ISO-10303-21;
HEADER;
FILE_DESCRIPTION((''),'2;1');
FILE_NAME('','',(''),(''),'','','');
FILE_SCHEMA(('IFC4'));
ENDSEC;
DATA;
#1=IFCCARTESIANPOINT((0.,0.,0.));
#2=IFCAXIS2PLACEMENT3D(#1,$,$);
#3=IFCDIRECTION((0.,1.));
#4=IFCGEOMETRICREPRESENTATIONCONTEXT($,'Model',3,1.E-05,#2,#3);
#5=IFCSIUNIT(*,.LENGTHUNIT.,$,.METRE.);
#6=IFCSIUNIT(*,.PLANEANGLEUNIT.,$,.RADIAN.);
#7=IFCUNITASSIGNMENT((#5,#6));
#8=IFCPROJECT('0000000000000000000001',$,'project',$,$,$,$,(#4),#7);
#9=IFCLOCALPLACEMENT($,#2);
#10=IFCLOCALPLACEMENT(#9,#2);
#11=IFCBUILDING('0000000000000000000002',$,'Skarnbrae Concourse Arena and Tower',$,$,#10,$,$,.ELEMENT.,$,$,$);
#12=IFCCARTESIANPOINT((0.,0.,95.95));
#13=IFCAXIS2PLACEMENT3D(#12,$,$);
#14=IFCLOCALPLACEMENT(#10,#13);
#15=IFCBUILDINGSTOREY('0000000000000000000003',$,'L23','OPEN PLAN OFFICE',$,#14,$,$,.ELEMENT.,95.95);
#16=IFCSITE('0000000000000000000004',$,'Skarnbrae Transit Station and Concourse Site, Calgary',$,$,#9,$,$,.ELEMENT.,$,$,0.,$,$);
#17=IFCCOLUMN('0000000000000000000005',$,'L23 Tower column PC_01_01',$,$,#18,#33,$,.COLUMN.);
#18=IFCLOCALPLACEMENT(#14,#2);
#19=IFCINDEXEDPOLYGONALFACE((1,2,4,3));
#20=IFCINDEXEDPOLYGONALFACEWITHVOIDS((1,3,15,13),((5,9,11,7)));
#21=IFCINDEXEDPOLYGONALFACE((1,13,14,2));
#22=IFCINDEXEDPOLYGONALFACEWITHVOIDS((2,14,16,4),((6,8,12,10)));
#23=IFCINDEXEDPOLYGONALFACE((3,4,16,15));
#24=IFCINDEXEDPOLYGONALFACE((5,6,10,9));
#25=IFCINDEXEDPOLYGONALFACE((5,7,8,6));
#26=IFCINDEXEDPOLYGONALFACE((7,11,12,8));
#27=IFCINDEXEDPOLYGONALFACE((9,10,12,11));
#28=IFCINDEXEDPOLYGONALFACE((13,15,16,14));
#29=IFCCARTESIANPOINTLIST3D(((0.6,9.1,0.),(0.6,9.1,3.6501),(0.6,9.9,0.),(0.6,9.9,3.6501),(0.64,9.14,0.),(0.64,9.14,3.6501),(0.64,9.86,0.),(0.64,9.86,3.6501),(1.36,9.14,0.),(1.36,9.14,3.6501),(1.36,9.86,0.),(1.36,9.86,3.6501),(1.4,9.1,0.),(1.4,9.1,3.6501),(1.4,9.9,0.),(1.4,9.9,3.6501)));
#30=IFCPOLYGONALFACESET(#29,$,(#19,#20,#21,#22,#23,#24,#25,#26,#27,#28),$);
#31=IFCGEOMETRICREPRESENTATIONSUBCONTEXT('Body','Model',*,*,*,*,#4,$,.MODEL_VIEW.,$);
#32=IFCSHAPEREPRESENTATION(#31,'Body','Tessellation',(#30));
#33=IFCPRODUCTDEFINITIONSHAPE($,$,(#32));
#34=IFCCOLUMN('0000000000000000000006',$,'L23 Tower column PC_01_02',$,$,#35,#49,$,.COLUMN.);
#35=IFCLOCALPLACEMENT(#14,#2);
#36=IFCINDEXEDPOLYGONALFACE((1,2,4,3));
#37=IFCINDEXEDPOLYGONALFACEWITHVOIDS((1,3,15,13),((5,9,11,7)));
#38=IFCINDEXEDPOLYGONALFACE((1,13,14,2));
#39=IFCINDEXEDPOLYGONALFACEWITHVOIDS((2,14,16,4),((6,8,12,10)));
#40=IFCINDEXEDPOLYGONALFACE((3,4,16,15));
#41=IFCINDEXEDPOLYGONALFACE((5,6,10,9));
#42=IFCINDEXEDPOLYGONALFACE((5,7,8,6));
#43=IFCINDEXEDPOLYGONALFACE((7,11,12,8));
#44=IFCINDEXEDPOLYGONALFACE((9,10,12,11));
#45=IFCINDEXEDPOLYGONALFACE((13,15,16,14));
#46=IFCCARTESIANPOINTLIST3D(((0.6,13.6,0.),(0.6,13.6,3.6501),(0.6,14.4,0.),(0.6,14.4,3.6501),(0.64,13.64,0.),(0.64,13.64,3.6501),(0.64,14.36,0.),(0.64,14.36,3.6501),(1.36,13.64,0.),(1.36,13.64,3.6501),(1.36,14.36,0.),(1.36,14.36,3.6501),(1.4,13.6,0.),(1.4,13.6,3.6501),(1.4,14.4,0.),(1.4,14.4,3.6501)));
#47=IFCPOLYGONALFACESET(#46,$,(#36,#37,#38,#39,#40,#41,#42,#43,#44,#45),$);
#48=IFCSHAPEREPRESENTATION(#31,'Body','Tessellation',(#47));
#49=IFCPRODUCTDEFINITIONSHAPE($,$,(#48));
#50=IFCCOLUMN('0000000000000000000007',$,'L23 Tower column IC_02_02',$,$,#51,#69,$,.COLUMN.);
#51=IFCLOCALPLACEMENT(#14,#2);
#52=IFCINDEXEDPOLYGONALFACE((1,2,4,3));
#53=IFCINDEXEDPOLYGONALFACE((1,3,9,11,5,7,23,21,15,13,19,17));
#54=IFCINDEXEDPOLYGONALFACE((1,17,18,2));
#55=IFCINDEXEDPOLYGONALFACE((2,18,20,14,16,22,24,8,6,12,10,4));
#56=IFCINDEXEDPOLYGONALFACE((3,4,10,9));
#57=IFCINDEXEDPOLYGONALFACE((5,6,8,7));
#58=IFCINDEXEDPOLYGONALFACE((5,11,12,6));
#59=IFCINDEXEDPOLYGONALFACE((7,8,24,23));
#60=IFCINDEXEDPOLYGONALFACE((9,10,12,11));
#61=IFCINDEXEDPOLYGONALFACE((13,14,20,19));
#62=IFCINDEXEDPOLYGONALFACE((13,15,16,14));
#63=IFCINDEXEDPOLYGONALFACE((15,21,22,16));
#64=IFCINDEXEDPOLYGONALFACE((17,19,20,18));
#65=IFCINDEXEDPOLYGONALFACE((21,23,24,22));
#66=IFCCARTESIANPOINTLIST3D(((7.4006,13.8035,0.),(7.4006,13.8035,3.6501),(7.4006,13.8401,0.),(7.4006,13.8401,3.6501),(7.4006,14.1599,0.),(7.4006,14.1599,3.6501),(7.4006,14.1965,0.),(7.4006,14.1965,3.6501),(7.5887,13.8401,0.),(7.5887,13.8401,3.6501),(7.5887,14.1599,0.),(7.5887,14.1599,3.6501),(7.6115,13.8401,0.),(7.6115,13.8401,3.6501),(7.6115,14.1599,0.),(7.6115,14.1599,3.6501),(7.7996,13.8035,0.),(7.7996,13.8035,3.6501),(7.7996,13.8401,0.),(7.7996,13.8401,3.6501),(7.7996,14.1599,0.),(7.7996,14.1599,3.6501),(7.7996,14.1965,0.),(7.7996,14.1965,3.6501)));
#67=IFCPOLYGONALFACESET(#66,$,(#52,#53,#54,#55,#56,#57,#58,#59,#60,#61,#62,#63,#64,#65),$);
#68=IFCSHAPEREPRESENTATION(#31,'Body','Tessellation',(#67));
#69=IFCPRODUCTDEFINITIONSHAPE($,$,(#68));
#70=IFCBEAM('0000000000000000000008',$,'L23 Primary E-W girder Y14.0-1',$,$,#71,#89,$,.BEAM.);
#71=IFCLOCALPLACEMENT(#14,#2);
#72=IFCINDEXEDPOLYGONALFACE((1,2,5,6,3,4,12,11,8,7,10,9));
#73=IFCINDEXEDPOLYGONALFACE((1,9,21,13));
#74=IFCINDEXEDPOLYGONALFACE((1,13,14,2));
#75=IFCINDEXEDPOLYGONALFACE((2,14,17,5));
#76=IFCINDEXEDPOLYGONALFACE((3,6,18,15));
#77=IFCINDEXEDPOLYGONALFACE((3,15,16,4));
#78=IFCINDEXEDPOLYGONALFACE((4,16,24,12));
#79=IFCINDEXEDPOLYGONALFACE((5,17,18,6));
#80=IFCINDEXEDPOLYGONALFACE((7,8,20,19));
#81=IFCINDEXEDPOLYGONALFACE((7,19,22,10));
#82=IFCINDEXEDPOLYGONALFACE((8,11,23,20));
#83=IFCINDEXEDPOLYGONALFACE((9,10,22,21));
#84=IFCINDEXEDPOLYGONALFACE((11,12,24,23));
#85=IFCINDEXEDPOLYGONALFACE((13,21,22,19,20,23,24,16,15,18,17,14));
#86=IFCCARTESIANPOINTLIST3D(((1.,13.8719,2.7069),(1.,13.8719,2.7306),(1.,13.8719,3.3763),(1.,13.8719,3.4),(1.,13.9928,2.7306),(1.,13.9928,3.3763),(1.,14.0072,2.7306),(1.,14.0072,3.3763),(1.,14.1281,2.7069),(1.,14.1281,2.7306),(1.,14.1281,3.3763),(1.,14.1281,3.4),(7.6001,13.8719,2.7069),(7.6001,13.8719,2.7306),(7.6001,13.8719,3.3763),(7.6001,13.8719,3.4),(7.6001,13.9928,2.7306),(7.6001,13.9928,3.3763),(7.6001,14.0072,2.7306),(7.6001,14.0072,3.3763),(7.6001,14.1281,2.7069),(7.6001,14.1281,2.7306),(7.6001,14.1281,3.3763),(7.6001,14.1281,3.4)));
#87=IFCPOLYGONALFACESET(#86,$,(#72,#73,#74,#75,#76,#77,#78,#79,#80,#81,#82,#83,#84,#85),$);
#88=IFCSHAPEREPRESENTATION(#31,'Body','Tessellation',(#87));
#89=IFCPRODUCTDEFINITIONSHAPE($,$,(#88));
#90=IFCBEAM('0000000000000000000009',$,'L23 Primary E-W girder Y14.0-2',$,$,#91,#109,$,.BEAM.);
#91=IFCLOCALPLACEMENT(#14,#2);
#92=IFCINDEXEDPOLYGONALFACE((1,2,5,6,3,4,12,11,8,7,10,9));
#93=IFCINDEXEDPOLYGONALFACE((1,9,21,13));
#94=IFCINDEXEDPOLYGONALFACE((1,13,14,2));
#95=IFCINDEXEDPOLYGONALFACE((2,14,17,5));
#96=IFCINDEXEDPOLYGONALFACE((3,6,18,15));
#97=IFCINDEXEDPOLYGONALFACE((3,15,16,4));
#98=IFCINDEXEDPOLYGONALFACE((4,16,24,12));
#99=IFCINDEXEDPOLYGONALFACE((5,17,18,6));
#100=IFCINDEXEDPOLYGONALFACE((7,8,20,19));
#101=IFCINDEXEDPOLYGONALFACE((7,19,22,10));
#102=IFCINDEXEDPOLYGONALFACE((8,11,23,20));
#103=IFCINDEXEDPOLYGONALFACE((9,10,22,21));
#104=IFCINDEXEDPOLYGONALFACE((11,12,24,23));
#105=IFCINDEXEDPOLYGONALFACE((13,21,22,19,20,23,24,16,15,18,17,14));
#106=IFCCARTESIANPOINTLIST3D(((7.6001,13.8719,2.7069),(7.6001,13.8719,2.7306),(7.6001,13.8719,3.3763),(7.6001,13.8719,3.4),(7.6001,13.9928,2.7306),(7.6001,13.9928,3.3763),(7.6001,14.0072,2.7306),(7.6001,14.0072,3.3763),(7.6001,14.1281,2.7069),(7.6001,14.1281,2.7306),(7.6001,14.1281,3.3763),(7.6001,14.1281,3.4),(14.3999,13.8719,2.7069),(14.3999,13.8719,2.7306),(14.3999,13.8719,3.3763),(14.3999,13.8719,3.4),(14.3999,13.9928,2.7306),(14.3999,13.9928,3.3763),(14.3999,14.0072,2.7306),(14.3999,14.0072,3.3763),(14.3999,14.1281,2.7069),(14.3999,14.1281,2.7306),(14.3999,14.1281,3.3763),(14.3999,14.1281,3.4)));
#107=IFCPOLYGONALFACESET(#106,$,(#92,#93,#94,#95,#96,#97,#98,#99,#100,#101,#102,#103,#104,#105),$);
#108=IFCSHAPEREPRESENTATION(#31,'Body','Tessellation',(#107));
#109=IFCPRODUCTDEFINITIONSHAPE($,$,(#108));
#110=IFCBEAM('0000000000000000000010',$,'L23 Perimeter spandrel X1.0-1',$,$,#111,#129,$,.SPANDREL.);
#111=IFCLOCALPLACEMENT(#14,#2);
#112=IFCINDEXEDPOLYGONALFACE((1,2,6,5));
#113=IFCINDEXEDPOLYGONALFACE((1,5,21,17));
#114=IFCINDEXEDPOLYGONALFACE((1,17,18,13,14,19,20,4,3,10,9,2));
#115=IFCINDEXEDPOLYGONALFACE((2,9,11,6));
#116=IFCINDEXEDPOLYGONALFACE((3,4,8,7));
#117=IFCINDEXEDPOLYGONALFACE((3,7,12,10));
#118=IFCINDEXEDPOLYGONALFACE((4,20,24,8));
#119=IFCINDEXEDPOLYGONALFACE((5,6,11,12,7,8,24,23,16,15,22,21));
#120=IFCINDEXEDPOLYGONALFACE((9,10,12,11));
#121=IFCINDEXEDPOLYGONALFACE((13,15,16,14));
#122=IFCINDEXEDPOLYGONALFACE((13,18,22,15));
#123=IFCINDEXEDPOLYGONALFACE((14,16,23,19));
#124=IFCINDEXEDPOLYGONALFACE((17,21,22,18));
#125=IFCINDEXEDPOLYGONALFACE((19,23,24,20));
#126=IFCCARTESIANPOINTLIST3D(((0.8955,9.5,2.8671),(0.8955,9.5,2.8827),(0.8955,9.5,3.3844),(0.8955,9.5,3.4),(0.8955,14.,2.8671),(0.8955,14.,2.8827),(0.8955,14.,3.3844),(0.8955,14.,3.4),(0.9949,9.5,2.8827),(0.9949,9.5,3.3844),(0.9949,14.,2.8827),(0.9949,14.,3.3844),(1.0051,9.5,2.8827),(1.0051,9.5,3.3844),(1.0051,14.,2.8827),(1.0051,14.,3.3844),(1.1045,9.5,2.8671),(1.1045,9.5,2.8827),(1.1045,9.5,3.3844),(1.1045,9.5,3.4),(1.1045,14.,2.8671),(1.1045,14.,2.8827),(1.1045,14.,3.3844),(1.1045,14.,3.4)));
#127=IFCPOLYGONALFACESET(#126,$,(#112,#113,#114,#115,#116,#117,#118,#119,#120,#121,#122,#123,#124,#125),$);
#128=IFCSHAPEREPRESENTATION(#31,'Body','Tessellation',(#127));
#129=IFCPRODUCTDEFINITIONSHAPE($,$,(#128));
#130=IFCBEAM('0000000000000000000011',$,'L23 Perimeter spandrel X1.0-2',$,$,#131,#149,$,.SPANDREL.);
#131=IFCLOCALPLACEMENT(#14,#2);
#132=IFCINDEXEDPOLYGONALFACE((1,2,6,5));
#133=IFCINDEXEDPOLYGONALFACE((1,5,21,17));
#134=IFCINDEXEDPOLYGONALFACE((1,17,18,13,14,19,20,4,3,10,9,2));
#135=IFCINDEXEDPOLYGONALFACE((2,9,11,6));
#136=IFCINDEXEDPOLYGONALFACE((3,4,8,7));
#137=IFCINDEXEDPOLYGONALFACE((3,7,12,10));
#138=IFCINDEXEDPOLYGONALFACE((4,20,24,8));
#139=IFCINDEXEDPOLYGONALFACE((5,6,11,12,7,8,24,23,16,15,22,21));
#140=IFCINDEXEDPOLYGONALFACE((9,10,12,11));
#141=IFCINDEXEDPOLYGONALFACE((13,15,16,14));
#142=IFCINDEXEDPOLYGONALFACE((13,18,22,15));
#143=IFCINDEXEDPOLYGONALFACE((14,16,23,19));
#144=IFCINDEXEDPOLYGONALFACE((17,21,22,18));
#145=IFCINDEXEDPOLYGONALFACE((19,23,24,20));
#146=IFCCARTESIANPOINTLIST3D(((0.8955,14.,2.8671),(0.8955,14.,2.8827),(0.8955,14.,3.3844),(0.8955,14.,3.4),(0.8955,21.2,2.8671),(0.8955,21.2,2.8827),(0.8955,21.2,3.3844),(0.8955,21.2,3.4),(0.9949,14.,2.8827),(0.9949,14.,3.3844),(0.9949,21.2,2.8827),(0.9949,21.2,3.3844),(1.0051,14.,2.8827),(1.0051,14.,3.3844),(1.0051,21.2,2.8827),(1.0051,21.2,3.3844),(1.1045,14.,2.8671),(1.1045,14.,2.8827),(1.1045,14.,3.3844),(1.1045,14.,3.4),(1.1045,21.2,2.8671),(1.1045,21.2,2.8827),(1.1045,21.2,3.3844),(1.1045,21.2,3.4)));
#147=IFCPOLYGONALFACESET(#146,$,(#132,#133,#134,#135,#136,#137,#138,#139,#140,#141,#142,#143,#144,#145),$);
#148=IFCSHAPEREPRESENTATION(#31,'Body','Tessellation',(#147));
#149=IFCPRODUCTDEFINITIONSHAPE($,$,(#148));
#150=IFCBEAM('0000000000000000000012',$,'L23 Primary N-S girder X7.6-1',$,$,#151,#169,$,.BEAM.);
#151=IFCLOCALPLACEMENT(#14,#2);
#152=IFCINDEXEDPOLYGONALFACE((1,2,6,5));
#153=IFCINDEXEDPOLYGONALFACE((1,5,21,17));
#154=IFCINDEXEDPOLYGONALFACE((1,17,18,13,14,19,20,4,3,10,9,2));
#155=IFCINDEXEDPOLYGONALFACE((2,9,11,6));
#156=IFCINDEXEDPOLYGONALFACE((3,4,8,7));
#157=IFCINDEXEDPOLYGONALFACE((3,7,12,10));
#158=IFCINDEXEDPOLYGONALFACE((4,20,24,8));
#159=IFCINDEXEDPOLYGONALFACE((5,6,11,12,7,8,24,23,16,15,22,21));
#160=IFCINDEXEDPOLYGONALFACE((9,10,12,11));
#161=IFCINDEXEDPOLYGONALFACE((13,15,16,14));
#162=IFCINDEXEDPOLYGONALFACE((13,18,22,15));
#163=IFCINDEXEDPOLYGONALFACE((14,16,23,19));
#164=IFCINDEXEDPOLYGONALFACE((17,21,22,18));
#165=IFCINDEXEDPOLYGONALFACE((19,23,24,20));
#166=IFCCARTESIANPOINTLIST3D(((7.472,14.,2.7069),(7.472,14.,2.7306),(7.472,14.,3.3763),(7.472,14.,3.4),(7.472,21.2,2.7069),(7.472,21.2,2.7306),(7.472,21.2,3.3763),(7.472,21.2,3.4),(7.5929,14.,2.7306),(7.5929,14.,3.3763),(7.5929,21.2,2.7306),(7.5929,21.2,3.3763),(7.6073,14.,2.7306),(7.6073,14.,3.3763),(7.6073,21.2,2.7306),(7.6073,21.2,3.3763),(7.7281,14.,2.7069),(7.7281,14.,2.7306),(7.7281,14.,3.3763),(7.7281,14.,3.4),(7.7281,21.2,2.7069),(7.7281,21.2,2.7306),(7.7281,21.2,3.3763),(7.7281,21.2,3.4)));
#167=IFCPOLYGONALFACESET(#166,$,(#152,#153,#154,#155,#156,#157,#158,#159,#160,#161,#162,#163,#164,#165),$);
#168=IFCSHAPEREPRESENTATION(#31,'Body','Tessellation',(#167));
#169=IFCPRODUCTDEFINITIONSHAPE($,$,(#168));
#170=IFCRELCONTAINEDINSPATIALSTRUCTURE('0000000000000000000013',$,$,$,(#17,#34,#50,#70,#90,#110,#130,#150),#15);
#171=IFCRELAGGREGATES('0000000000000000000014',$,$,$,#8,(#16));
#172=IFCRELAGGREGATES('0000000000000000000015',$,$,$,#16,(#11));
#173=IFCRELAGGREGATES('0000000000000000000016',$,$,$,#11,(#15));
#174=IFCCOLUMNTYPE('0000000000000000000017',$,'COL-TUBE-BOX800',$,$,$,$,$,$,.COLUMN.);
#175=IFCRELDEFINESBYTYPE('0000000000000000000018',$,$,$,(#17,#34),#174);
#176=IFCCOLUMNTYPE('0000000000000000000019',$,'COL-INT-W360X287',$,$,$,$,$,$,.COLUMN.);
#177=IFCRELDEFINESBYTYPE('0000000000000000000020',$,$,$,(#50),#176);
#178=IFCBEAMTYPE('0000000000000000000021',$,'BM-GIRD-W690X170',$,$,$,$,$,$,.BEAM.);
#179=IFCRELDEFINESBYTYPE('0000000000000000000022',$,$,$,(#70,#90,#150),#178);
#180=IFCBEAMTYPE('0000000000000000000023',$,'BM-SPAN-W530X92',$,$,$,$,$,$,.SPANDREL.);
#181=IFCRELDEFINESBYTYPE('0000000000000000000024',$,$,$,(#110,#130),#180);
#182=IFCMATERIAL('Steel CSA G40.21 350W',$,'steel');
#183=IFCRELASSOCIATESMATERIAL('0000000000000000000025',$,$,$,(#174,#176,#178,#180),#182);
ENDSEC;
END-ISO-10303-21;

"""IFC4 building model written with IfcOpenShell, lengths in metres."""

from ifc_helpers import new_model, si_unit, direction, frame, origin, origin_2d, place, context, subcontext, project, spatial, hollow_rectangle, i_section, extrude, source, transform, mapped, material, material_profile, profile_set, type_object, element, save


model = new_model("IFC4")

# Units and contexts
model_context = context("Model", 3, precision=1e-05, world=origin(), true_north=direction((0.0, 1.0)))
body_context = subcontext(model_context, "Body", "Model", "MODEL_VIEW")
ifc_project = project(units=[si_unit("LENGTHUNIT", "METRE"), si_unit("PLANEANGLEUNIT", "RADIAN")], contexts=[model_context])

# Site, building, storey
site_placement = place(None, origin())
site = spatial("IfcSite", under=ifc_project, at=site_placement, Name="Skarnbrae Transit Station and Concourse Site, Calgary", CompositionType="ELEMENT", RefElevation=0.0)
building_placement = place(site_placement, origin())
building = spatial("IfcBuilding", under=site, at=building_placement, Name="Skarnbrae Concourse Arena and Tower", CompositionType="ELEMENT")
storey_placement = place(building_placement, frame((0.0, 0.0, 95.95)))
storey = spatial("IfcBuildingStorey", under=building, at=storey_placement, Name="L23", Description="OPEN PLAN OFFICE", CompositionType="ELEMENT", Elevation=95.95)

# Columns
ifc_material_1 = material(Name="Steel CSA G40.21 350W", Category="steel")
ifc_material_profile_1 = material_profile(ifc_material_1, hollow_rectangle(XDim=0.8, YDim=0.8, WallThickness=0.04, at=origin_2d()), Name="BOX800X800X40")
ifc_profile_set_1 = profile_set([ifc_material_profile_1], Name="Steel CSA G40.21 350W")
column_type_1 = type_object("IfcColumnType", Name="COL-TUBE-BOX800", PredefinedType="COLUMN", material=ifc_profile_set_1)
shared_shape_1 = source(origin(), body_context, "Body", "SweptSolid", [
    extrude(hollow_rectangle(XDim=0.8, YDim=0.8, WallThickness=0.04, at=origin_2d()), origin(), (0.0, 0.0, 1.0), 3.6501),
])
for number, where, z_axis, x_axis, name in (
    (1, (1.0, 9.5, 0.0), (0.0, 0.0, 1.0), (1.0, 0.0, 0.0), "L23 Tower column PC_01_01"),
    (2, (1.0, 14.0, 0.0), (0.0, 0.0, 1.0), (1.0, 0.0, 0.0), "L23 Tower column PC_01_02"),
):
    element("IfcColumn", number, at=place(storey_placement, frame(where, z_axis=z_axis, x_axis=x_axis)), inside=storey, type_object=column_type_1, Name=name, PredefinedType="COLUMN", context=body_context, shape_type="MappedRepresentation", body=[
        mapped(shared_shape_1, transform((0.0, 0.0, 0.0))),
    ])
ifc_material_profile_2 = material_profile(ifc_material_1, i_section(OverallWidth=0.3989, OverallDepth=0.3931, WebThickness=0.0227, FlangeThickness=0.0366, at=origin_2d()), Name="W360X287")
ifc_profile_set_2 = profile_set([ifc_material_profile_2], Name="Steel CSA G40.21 350W")
column_type_2 = type_object("IfcColumnType", Name="COL-INT-W360X287", PredefinedType="COLUMN", material=ifc_profile_set_2)
shared_shape_2 = source(origin(), body_context, "Body", "SweptSolid", [
    extrude(i_section(OverallWidth=0.3989, OverallDepth=0.3931, WebThickness=0.0227, FlangeThickness=0.0366, at=origin_2d()), origin(), (0.0, 0.0, 1.0), 3.6501),
])
column_placement = place(storey_placement, frame((7.6001, 14.0, 0.0), z_axis=(0.0, 0.0, 1.0), x_axis=(1.0, 0.0, 0.0)))
element("IfcColumn", 3, at=column_placement, inside=storey, type_object=column_type_2, Name="L23 Tower column IC_02_02", PredefinedType="COLUMN", context=body_context, shape_type="MappedRepresentation", body=[
    mapped(shared_shape_2, transform((0.0, 0.0, 0.0))),
])

# Beams
ifc_material_profile_3 = material_profile(ifc_material_1, i_section(OverallWidth=0.2561, OverallDepth=0.6931, WebThickness=0.0144, FlangeThickness=0.0237, at=origin_2d()), Name="W690X170")
ifc_profile_set_3 = profile_set([ifc_material_profile_3], Name="Steel CSA G40.21 350W")
beam_type_1 = type_object("IfcBeamType", Name="BM-GIRD-W690X170", PredefinedType="BEAM", material=ifc_profile_set_3)
shared_shape_3 = source(origin(), body_context, "Body", "SweptSolid", [
    extrude(i_section(OverallWidth=0.2561, OverallDepth=0.6931, WebThickness=0.0144, FlangeThickness=0.0237, at=origin_2d()), origin(), (0.0, 0.0, 1.0), 6.6001),
])
beam_1_placement = place(storey_placement, frame((1.0, 14.0, 3.0535), z_axis=(1.0, 0.0, 0.0), x_axis=(0.0, 1.0, 0.0)))
element("IfcBeam", 4, at=beam_1_placement, inside=storey, type_object=beam_type_1, Name="L23 Primary E-W girder Y14.0-1", PredefinedType="BEAM", context=body_context, shape_type="MappedRepresentation", body=[
    mapped(shared_shape_3, transform((0.0, 0.0, 0.0))),
])
shared_shape_4 = source(origin(), body_context, "Body", "SweptSolid", [
    extrude(i_section(OverallWidth=0.2561, OverallDepth=0.6931, WebThickness=0.0144, FlangeThickness=0.0237, at=origin_2d()), origin(), (0.0, 0.0, 1.0), 6.7998),
])
beam_2_placement = place(storey_placement, frame((7.6001, 14.0, 3.0535), z_axis=(1.0, 0.0, 0.0), x_axis=(0.0, 1.0, 0.0)))
element("IfcBeam", 5, at=beam_2_placement, inside=storey, type_object=beam_type_1, Name="L23 Primary E-W girder Y14.0-2", PredefinedType="BEAM", context=body_context, shape_type="MappedRepresentation", body=[
    mapped(shared_shape_4, transform((0.0, 0.0, 0.0))),
])
ifc_material_profile_4 = material_profile(ifc_material_1, i_section(OverallWidth=0.209, OverallDepth=0.533, WebThickness=0.0103, FlangeThickness=0.0156, at=origin_2d()), Name="W530X92")
ifc_profile_set_4 = profile_set([ifc_material_profile_4], Name="Steel CSA G40.21 350W")
beam_type_2 = type_object("IfcBeamType", Name="BM-SPAN-W530X92", PredefinedType="SPANDREL", material=ifc_profile_set_4)
shared_shape_5 = source(origin(), body_context, "Body", "SweptSolid", [
    extrude(i_section(OverallWidth=0.209, OverallDepth=0.533, WebThickness=0.0103, FlangeThickness=0.0156, at=origin_2d()), origin(), (0.0, 0.0, 1.0), 4.5),
])
beam_3_placement = place(storey_placement, frame((1.0, 9.5, 3.1335), z_axis=(0.0, 1.0, 0.0), x_axis=(-1.0, 0.0, 0.0)))
element("IfcBeam", 6, at=beam_3_placement, inside=storey, type_object=beam_type_2, Name="L23 Perimeter spandrel X1.0-1", PredefinedType="SPANDREL", context=body_context, shape_type="MappedRepresentation", body=[
    mapped(shared_shape_5, transform((0.0, 0.0, 0.0))),
])
shared_shape_6 = source(origin(), body_context, "Body", "SweptSolid", [
    extrude(i_section(OverallWidth=0.209, OverallDepth=0.533, WebThickness=0.0103, FlangeThickness=0.0156, at=origin_2d()), origin(), (0.0, 0.0, 1.0), 7.2),
])
beam_4_placement = place(storey_placement, frame((1.0, 14.0, 3.1335), z_axis=(0.0, 1.0, 0.0), x_axis=(-1.0, 0.0, 0.0)))
element("IfcBeam", 7, at=beam_4_placement, inside=storey, type_object=beam_type_2, Name="L23 Perimeter spandrel X1.0-2", PredefinedType="SPANDREL", context=body_context, shape_type="MappedRepresentation", body=[
    mapped(shared_shape_6, transform((0.0, 0.0, 0.0))),
])
shared_shape_7 = source(origin(), body_context, "Body", "SweptSolid", [
    extrude(i_section(OverallWidth=0.2561, OverallDepth=0.6931, WebThickness=0.0144, FlangeThickness=0.0237, at=origin_2d()), origin(), (0.0, 0.0, 1.0), 7.2),
])
beam_5_placement = place(storey_placement, frame((7.6001, 14.0, 3.0535), z_axis=(0.0, 1.0, 0.0), x_axis=(-1.0, 0.0, 0.0)))
element("IfcBeam", 8, at=beam_5_placement, inside=storey, type_object=beam_type_1, Name="L23 Primary N-S girder X7.6-1", PredefinedType="BEAM", context=body_context, shape_type="MappedRepresentation", body=[
    mapped(shared_shape_7, transform((0.0, 0.0, 0.0))),
])

save(model, "model.ifc")
